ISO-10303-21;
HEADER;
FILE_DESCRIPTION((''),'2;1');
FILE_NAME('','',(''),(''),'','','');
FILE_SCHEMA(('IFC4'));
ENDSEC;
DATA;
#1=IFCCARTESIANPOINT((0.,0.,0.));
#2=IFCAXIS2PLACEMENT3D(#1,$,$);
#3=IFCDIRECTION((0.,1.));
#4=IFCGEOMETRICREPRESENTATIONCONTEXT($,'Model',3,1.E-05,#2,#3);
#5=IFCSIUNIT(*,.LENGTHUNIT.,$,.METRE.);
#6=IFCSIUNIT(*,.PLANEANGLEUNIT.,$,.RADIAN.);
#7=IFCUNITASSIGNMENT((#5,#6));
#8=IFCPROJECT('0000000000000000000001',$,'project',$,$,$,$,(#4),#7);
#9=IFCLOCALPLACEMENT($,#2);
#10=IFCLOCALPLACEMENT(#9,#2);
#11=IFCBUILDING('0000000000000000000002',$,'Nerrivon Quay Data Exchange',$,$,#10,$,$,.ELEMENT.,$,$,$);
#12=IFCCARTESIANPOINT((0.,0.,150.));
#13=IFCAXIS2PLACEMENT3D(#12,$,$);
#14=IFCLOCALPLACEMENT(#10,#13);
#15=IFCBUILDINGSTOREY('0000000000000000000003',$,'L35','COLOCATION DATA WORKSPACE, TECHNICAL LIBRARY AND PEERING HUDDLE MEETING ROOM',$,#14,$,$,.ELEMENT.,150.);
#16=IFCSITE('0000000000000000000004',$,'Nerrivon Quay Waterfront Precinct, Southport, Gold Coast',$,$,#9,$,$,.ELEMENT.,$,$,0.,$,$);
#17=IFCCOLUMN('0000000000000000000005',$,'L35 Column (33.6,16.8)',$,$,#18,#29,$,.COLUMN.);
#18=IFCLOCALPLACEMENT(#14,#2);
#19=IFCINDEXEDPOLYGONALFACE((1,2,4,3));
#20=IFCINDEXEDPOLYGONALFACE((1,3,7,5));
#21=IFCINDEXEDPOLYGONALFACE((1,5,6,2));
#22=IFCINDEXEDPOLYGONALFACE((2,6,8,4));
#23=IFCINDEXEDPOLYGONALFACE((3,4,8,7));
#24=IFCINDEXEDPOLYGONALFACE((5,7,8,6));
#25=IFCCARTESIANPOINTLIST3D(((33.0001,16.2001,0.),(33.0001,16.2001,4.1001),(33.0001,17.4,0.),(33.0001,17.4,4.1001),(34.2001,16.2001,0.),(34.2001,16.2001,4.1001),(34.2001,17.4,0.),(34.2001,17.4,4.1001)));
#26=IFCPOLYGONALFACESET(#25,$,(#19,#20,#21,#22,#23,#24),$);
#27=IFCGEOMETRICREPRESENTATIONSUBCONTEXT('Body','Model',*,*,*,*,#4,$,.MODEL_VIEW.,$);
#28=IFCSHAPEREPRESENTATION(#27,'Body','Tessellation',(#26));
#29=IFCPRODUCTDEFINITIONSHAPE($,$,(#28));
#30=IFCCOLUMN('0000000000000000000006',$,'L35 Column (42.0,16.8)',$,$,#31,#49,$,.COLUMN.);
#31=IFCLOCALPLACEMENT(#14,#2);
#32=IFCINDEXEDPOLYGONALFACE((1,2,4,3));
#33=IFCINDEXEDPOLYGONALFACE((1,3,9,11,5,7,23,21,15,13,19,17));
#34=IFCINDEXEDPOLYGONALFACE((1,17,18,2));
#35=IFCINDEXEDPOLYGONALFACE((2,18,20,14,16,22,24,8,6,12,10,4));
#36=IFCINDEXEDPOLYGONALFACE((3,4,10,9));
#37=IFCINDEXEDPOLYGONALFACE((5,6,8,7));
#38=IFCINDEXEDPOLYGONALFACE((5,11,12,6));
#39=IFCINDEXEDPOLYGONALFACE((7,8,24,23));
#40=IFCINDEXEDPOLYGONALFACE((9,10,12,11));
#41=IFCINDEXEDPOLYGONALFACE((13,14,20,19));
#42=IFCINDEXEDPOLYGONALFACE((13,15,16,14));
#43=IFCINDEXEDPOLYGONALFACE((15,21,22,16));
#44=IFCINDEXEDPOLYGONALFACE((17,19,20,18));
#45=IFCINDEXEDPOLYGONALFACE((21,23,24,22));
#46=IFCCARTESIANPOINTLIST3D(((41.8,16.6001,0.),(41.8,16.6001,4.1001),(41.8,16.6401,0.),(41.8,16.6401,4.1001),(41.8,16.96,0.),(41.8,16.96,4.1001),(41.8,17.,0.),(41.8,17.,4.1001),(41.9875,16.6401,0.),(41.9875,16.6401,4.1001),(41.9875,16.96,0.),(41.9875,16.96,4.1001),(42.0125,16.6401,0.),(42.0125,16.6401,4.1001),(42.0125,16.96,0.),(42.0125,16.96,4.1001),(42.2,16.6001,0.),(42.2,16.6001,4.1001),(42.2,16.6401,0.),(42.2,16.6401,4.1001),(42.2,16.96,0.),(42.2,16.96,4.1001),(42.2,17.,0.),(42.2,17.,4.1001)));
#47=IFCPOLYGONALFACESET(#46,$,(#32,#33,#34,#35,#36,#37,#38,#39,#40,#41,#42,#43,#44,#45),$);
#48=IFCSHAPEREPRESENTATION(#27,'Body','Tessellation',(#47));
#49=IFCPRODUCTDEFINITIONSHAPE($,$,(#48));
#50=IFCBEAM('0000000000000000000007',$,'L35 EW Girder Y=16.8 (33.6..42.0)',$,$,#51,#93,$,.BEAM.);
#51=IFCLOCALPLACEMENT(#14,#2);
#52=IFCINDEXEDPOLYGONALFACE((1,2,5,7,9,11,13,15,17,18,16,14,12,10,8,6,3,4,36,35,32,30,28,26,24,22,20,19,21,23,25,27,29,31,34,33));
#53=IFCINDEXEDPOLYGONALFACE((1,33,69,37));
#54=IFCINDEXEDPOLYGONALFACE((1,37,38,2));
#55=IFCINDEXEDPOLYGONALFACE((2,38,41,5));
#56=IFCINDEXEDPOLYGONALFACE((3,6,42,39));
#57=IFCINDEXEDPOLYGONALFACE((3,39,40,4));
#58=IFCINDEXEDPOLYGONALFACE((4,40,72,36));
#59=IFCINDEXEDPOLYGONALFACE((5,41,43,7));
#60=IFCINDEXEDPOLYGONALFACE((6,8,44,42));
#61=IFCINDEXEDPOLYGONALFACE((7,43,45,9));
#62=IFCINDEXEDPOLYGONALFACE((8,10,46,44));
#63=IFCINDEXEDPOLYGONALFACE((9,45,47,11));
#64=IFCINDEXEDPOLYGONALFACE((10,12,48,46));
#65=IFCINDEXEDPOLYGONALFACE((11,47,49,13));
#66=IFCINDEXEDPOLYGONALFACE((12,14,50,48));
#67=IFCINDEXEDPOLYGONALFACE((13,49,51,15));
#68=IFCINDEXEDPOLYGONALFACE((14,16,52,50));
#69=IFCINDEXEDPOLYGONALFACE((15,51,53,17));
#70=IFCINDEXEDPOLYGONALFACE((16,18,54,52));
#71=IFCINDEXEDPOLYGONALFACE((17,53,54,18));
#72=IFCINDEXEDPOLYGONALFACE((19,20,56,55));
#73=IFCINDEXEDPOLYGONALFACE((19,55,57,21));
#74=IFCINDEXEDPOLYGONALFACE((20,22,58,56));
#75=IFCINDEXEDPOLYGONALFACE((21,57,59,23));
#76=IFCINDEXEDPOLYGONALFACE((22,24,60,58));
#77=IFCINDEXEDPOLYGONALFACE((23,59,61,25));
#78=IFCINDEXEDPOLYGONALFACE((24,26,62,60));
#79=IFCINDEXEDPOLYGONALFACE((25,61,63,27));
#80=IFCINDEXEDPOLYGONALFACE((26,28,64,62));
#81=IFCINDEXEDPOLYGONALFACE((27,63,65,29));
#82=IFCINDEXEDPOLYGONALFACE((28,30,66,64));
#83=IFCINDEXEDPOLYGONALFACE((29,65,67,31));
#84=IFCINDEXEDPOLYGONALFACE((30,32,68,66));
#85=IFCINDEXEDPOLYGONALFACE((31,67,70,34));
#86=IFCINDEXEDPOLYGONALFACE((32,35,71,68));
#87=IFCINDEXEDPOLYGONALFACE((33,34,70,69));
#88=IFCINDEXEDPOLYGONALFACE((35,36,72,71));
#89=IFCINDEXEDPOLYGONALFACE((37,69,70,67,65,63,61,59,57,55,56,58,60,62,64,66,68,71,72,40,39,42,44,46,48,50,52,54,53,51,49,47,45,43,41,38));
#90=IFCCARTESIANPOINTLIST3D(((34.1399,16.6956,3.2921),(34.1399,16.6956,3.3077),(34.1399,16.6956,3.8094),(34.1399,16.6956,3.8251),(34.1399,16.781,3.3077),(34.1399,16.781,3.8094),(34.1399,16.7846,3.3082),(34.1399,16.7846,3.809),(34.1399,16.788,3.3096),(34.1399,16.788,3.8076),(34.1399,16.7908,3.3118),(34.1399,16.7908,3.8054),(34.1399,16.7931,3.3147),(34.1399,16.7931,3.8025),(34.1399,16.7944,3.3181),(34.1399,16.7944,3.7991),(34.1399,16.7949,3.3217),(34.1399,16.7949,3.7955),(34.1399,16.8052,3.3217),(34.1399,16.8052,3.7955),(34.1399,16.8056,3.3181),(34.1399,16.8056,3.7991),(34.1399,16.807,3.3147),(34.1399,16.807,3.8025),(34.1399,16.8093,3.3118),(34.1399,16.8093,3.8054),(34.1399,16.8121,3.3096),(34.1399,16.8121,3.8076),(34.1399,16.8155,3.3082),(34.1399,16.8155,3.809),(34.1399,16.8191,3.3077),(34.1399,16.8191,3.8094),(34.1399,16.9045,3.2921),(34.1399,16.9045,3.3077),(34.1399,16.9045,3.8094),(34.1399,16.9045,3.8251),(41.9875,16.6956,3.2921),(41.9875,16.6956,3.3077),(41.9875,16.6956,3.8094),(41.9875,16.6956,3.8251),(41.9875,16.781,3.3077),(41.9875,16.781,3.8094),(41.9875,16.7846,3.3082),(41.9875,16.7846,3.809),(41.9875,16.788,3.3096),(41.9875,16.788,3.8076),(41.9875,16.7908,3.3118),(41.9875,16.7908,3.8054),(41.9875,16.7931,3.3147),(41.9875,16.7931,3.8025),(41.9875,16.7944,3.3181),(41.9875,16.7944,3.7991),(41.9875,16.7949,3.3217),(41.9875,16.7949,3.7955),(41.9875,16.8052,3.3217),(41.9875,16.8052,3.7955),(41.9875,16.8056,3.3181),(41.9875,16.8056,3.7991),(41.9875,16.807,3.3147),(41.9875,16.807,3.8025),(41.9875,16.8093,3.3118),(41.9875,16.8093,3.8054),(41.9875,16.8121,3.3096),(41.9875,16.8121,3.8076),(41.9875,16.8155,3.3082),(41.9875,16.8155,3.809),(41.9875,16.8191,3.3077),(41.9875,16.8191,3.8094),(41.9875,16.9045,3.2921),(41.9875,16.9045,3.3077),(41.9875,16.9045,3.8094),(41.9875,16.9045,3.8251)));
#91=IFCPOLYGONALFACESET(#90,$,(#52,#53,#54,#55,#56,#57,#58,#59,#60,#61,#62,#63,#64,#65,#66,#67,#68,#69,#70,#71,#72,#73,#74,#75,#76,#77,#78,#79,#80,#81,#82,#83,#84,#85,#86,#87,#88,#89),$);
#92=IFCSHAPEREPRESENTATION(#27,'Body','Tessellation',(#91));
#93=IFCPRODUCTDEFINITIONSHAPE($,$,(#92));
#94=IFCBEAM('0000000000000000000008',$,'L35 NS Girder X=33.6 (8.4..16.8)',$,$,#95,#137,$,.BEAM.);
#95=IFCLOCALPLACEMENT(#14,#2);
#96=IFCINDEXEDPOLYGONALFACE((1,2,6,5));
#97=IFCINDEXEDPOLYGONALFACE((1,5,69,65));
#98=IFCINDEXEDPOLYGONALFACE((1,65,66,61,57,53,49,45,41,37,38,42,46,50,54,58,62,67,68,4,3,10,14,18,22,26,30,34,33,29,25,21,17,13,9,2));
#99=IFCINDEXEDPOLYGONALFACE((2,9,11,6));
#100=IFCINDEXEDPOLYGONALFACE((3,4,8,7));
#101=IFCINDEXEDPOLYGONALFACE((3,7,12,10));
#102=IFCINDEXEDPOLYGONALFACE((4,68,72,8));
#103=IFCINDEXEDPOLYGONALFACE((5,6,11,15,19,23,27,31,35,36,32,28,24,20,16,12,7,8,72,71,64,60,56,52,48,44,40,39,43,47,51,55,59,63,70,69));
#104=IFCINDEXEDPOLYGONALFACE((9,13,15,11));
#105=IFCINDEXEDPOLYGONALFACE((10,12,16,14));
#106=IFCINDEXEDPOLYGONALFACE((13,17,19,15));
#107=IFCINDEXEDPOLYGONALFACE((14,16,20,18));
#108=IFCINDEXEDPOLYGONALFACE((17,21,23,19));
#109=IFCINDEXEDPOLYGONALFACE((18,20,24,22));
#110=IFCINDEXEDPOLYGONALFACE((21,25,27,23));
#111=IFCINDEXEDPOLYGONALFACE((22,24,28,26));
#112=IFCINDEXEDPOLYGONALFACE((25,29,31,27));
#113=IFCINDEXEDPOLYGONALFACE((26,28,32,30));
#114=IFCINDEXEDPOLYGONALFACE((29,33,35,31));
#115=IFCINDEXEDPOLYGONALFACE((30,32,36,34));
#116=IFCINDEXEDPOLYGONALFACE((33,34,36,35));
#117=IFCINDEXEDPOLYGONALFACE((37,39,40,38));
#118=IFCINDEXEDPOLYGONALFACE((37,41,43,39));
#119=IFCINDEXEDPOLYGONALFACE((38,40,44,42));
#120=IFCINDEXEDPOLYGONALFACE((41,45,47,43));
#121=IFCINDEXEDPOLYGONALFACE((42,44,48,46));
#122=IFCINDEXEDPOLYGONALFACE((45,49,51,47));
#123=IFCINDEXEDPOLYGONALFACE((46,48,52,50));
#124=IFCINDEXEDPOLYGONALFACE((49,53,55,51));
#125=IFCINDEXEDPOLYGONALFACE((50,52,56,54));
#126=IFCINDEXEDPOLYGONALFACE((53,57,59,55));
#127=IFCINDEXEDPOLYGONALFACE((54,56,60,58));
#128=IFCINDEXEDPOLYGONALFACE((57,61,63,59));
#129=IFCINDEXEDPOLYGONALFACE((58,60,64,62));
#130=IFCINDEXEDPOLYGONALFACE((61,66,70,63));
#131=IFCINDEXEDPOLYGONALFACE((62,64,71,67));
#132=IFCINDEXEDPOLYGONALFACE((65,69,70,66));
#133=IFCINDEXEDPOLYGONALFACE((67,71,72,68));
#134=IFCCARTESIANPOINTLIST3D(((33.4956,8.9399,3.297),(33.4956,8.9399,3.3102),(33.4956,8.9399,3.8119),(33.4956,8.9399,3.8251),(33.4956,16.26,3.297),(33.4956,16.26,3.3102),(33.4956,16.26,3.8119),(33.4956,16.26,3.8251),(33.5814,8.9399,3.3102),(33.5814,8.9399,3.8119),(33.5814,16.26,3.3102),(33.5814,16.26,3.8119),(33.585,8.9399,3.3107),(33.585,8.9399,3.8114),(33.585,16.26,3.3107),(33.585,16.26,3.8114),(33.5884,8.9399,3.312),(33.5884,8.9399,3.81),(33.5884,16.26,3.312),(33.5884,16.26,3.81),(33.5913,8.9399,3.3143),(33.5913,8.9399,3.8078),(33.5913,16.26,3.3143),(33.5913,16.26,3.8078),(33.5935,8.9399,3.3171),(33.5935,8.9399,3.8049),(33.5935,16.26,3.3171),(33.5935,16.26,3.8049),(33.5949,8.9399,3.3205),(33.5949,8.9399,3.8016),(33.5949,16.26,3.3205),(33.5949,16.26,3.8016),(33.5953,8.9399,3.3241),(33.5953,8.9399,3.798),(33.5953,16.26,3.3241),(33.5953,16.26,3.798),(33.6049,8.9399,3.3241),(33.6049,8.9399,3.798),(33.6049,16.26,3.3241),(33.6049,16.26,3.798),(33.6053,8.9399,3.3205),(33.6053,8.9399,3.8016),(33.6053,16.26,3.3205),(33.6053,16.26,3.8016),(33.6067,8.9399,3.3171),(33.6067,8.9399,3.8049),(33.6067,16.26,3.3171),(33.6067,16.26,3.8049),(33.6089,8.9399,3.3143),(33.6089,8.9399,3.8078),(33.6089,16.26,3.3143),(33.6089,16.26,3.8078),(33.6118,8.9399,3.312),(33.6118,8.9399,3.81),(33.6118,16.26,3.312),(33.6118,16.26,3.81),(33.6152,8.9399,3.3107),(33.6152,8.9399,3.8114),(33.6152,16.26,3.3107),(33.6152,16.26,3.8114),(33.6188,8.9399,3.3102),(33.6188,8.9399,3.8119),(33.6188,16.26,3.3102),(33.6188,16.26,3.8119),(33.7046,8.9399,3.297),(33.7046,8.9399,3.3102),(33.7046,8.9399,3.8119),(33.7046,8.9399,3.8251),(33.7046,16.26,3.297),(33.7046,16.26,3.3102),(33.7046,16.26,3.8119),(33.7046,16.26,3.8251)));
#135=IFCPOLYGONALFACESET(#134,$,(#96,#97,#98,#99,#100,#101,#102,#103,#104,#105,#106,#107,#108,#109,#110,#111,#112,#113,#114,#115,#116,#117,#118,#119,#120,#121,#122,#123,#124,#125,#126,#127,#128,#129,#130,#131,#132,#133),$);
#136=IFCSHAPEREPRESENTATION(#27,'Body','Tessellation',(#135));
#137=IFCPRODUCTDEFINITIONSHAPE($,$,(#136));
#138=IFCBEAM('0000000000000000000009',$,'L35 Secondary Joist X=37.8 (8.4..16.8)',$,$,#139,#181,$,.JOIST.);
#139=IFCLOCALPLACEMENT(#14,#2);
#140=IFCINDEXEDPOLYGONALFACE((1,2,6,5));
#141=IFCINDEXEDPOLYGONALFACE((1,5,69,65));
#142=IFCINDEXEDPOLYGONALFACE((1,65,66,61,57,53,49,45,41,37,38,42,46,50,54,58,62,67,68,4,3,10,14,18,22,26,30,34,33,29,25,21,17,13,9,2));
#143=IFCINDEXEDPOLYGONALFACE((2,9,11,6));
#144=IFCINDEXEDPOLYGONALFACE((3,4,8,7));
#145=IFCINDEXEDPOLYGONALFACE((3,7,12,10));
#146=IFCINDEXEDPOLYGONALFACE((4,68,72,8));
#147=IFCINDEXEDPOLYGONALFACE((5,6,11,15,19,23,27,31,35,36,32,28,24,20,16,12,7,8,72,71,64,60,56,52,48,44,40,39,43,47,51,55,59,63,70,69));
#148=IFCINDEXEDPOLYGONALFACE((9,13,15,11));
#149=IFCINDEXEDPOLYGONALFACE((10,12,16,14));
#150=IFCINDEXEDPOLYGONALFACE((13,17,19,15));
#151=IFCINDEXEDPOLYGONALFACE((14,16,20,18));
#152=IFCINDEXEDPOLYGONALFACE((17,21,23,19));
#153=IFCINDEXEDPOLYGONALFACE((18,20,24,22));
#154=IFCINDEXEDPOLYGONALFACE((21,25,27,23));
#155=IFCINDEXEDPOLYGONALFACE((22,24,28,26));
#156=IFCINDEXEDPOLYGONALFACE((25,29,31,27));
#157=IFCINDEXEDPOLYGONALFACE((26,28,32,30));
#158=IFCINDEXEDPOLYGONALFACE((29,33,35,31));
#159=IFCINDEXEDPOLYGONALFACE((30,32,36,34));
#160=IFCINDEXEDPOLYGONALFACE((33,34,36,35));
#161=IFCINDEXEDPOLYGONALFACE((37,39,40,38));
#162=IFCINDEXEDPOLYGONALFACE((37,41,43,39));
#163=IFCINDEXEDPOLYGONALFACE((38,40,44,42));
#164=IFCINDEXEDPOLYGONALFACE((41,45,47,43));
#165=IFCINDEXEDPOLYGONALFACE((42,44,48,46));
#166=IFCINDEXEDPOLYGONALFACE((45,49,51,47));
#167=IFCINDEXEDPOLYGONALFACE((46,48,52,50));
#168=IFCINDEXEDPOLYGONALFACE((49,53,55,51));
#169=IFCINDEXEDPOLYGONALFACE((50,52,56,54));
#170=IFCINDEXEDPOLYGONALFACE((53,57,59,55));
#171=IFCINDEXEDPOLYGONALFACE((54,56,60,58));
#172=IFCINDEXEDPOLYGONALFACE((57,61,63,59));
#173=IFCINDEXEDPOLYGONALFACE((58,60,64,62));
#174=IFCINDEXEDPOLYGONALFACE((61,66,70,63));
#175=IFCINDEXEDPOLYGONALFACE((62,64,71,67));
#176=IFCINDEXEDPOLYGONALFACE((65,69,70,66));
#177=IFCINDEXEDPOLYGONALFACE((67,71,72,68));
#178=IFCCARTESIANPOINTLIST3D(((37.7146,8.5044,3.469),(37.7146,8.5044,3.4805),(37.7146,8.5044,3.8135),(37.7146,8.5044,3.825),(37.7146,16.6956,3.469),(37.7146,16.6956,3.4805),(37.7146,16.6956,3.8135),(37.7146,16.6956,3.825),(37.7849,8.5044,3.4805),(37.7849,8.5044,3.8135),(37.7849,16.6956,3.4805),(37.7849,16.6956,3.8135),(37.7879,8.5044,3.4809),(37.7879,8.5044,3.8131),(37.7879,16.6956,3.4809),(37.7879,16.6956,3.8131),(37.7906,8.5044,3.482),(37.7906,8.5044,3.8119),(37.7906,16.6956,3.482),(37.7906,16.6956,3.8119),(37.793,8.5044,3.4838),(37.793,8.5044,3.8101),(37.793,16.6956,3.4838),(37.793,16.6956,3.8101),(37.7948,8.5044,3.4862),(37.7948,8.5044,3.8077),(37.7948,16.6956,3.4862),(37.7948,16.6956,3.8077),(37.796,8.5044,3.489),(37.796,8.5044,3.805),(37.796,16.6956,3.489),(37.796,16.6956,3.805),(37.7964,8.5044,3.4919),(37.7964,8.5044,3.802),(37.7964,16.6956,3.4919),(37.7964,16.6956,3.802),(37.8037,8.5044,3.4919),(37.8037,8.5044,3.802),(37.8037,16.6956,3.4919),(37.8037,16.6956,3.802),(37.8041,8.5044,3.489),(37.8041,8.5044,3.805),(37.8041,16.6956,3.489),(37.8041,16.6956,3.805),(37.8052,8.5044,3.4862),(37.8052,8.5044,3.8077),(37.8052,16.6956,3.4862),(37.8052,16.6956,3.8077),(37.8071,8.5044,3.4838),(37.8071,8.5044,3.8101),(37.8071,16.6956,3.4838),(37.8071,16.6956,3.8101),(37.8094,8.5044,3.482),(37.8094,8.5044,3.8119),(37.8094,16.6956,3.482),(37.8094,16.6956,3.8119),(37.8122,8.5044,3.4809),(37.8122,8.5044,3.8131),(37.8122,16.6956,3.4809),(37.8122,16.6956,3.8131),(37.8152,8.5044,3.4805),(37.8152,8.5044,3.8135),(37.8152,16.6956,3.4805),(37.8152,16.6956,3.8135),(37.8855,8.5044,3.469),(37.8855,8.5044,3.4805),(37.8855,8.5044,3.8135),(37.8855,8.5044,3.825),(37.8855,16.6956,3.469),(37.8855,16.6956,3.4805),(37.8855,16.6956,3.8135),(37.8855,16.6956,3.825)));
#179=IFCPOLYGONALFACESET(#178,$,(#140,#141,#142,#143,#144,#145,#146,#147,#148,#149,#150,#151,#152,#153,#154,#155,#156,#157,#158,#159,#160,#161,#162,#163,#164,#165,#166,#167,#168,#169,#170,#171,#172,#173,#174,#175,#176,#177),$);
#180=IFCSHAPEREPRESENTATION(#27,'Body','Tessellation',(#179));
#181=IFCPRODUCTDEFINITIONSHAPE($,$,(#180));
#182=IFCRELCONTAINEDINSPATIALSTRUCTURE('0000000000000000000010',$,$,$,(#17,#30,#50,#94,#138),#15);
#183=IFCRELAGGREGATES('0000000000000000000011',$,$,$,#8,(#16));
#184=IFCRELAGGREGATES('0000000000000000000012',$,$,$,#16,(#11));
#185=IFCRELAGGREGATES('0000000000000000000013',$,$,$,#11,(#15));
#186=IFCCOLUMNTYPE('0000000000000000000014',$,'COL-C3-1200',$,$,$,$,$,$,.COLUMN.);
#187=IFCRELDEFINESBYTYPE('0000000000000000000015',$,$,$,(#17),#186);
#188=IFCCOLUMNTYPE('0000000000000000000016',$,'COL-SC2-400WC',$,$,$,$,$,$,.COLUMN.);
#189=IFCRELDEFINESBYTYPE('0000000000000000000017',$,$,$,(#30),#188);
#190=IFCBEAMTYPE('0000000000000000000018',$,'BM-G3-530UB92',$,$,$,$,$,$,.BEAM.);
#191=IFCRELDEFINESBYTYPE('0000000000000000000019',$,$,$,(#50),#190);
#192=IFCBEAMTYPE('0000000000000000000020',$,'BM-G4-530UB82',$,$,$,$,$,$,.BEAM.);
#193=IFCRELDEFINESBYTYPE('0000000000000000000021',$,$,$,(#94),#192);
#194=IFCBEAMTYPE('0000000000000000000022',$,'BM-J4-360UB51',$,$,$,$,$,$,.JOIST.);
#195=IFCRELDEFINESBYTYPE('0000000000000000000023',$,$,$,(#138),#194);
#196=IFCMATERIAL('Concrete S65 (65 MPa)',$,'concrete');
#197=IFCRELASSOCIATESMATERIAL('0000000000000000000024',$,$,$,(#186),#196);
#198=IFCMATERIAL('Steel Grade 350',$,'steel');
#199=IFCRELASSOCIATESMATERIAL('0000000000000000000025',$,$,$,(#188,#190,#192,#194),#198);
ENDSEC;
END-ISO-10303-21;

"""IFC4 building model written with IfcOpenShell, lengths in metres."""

from ifc_helpers import new_model, si_unit, direction, frame, origin, origin_2d, place, context, subcontext, project, spatial, rectangle, i_section, extrude, material, material_profile, profile_set, type_object, element, save


model = new_model("IFC4")

# Units and contexts
model_context = context("Model", 3, precision=1e-05, world=origin(), true_north=direction((0.0, 1.0)))
body_context = subcontext(model_context, "Body", "Model", "MODEL_VIEW")
ifc_project = project(units=[si_unit("LENGTHUNIT", "METRE"), si_unit("PLANEANGLEUNIT", "RADIAN")], contexts=[model_context])

# Site, building, storey
site_placement = place(None, origin())
site = spatial("IfcSite", under=ifc_project, at=site_placement, Name="Nerrivon Quay Waterfront Precinct, Southport, Gold Coast", CompositionType="ELEMENT", RefElevation=0.0)
building_placement = place(site_placement, origin())
building = spatial("IfcBuilding", under=site, at=building_placement, Name="Nerrivon Quay Data Exchange", CompositionType="ELEMENT")
storey_placement = place(building_placement, frame((0.0, 0.0, 150.0)))
storey = spatial("IfcBuildingStorey", under=building, at=storey_placement, Name="L35", Description="COLOCATION DATA WORKSPACE, TECHNICAL LIBRARY AND PEERING HUDDLE MEETING ROOM", CompositionType="ELEMENT", Elevation=150.0)

# Columns
ifc_material_1 = material(Name="Concrete S65 (65 MPa)", Category="concrete")
ifc_material_profile_1 = material_profile(ifc_material_1, rectangle(XDim=1.2, YDim=1.2, at=origin_2d()), Name="RC-COL-1200x1200")
ifc_profile_set_1 = profile_set([ifc_material_profile_1], Name="Concrete S65 (65 MPa)")
column_type_1 = type_object("IfcColumnType", Name="COL-C3-1200", PredefinedType="COLUMN", material=ifc_profile_set_1)
column_1_placement = place(storey_placement, frame((33.6001, 16.8, 0.0), z_axis=(0.0, 0.0, 1.0), x_axis=(1.0, 0.0, 0.0)))
element("IfcColumn", 1, at=column_1_placement, inside=storey, type_object=column_type_1, Name="L35 Column (33.6,16.8)", PredefinedType="COLUMN", context=body_context, shape_type="SweptSolid", body=[
    extrude(rectangle(XDim=1.2, YDim=1.2, at=origin_2d()), origin(), (0.0, 0.0, 1.0), 4.1001),
])
ifc_material_2 = material(Name="Steel Grade 350", Category="steel")
ifc_material_profile_2 = material_profile(ifc_material_2, i_section(OverallWidth=0.3999, OverallDepth=0.3999, WebThickness=0.0249, FlangeThickness=0.04, at=origin_2d()), Name="400WC328")
ifc_profile_set_2 = profile_set([ifc_material_profile_2], Name="Steel Grade 350")
column_type_2 = type_object("IfcColumnType", Name="COL-SC2-400WC", PredefinedType="COLUMN", material=ifc_profile_set_2)
column_2_placement = place(storey_placement, frame((42.0, 16.8, 0.0), z_axis=(0.0, 0.0, 1.0), x_axis=(1.0, 0.0, 0.0)))
element("IfcColumn", 2, at=column_2_placement, inside=storey, type_object=column_type_2, Name="L35 Column (42.0,16.8)", PredefinedType="COLUMN", context=body_context, shape_type="SweptSolid", body=[
    extrude(i_section(OverallWidth=0.3999, OverallDepth=0.3999, WebThickness=0.0249, FlangeThickness=0.04, at=origin_2d()), origin(), (0.0, 0.0, 1.0), 4.1001),
])

# Beams
ifc_material_profile_3 = material_profile(ifc_material_2, i_section(OverallWidth=0.209, OverallDepth=0.533, WebThickness=0.0103, FlangeThickness=0.0156, FilletRadius=0.0139, at=origin_2d()), Name="530UB92.4")
ifc_profile_set_3 = profile_set([ifc_material_profile_3], Name="Steel Grade 350")
beam_type_1 = type_object("IfcBeamType", Name="BM-G3-530UB92", PredefinedType="BEAM", material=ifc_profile_set_3)
beam_1_placement = place(storey_placement, frame((34.1399, 16.8, 3.5586), z_axis=(1.0, 0.0, 0.0), x_axis=(0.0, 1.0, 0.0)))
element("IfcBeam", 3, at=beam_1_placement, inside=storey, type_object=beam_type_1, Name="L35 EW Girder Y=16.8 (33.6..42.0)", PredefinedType="BEAM", context=body_context, shape_type="SweptSolid", body=[
    extrude(i_section(OverallWidth=0.209, OverallDepth=0.533, WebThickness=0.0103, FlangeThickness=0.0156, FilletRadius=0.0139, at=origin_2d()), origin(), (0.0, 0.0, 1.0), 7.8477),
])
ifc_material_profile_4 = material_profile(ifc_material_2, i_section(OverallWidth=0.209, OverallDepth=0.5281, WebThickness=0.0095, FlangeThickness=0.0132, FilletRadius=0.0139, at=origin_2d()), Name="530UB82.0")
ifc_profile_set_4 = profile_set([ifc_material_profile_4], Name="Steel Grade 350")
beam_type_2 = type_object("IfcBeamType", Name="BM-G4-530UB82", PredefinedType="BEAM", material=ifc_profile_set_4)
beam_2_placement = place(storey_placement, frame((33.6001, 8.9399, 3.561), z_axis=(0.0, 1.0, 0.0), x_axis=(-1.0, 0.0, 0.0)))
element("IfcBeam", 4, at=beam_2_placement, inside=storey, type_object=beam_type_2, Name="L35 NS Girder X=33.6 (8.4..16.8)", PredefinedType="BEAM", context=body_context, shape_type="SweptSolid", body=[
    extrude(i_section(OverallWidth=0.209, OverallDepth=0.5281, WebThickness=0.0095, FlangeThickness=0.0132, FilletRadius=0.0139, at=origin_2d()), origin(), (0.0, 0.0, 1.0), 7.3201),
])
ifc_material_profile_5 = material_profile(ifc_material_2, i_section(OverallWidth=0.1709, OverallDepth=0.356, WebThickness=0.0073, FlangeThickness=0.0115, FilletRadius=0.0115, at=origin_2d()), Name="360UB50.7")
ifc_profile_set_5 = profile_set([ifc_material_profile_5], Name="Steel Grade 350")
beam_type_3 = type_object("IfcBeamType", Name="BM-J4-360UB51", PredefinedType="JOIST", material=ifc_profile_set_5)
beam_3_placement = place(storey_placement, frame((37.8, 8.5044, 3.647), z_axis=(0.0, 1.0, 0.0), x_axis=(-1.0, 0.0, 0.0)))
element("IfcBeam", 5, at=beam_3_placement, inside=storey, type_object=beam_type_3, Name="L35 Secondary Joist X=37.8 (8.4..16.8)", PredefinedType="JOIST", context=body_context, shape_type="SweptSolid", body=[
    extrude(i_section(OverallWidth=0.1709, OverallDepth=0.356, WebThickness=0.0073, FlangeThickness=0.0115, FilletRadius=0.0115, at=origin_2d()), origin(), (0.0, 0.0, 1.0), 8.1912),
])

save(model, "model.ifc")
